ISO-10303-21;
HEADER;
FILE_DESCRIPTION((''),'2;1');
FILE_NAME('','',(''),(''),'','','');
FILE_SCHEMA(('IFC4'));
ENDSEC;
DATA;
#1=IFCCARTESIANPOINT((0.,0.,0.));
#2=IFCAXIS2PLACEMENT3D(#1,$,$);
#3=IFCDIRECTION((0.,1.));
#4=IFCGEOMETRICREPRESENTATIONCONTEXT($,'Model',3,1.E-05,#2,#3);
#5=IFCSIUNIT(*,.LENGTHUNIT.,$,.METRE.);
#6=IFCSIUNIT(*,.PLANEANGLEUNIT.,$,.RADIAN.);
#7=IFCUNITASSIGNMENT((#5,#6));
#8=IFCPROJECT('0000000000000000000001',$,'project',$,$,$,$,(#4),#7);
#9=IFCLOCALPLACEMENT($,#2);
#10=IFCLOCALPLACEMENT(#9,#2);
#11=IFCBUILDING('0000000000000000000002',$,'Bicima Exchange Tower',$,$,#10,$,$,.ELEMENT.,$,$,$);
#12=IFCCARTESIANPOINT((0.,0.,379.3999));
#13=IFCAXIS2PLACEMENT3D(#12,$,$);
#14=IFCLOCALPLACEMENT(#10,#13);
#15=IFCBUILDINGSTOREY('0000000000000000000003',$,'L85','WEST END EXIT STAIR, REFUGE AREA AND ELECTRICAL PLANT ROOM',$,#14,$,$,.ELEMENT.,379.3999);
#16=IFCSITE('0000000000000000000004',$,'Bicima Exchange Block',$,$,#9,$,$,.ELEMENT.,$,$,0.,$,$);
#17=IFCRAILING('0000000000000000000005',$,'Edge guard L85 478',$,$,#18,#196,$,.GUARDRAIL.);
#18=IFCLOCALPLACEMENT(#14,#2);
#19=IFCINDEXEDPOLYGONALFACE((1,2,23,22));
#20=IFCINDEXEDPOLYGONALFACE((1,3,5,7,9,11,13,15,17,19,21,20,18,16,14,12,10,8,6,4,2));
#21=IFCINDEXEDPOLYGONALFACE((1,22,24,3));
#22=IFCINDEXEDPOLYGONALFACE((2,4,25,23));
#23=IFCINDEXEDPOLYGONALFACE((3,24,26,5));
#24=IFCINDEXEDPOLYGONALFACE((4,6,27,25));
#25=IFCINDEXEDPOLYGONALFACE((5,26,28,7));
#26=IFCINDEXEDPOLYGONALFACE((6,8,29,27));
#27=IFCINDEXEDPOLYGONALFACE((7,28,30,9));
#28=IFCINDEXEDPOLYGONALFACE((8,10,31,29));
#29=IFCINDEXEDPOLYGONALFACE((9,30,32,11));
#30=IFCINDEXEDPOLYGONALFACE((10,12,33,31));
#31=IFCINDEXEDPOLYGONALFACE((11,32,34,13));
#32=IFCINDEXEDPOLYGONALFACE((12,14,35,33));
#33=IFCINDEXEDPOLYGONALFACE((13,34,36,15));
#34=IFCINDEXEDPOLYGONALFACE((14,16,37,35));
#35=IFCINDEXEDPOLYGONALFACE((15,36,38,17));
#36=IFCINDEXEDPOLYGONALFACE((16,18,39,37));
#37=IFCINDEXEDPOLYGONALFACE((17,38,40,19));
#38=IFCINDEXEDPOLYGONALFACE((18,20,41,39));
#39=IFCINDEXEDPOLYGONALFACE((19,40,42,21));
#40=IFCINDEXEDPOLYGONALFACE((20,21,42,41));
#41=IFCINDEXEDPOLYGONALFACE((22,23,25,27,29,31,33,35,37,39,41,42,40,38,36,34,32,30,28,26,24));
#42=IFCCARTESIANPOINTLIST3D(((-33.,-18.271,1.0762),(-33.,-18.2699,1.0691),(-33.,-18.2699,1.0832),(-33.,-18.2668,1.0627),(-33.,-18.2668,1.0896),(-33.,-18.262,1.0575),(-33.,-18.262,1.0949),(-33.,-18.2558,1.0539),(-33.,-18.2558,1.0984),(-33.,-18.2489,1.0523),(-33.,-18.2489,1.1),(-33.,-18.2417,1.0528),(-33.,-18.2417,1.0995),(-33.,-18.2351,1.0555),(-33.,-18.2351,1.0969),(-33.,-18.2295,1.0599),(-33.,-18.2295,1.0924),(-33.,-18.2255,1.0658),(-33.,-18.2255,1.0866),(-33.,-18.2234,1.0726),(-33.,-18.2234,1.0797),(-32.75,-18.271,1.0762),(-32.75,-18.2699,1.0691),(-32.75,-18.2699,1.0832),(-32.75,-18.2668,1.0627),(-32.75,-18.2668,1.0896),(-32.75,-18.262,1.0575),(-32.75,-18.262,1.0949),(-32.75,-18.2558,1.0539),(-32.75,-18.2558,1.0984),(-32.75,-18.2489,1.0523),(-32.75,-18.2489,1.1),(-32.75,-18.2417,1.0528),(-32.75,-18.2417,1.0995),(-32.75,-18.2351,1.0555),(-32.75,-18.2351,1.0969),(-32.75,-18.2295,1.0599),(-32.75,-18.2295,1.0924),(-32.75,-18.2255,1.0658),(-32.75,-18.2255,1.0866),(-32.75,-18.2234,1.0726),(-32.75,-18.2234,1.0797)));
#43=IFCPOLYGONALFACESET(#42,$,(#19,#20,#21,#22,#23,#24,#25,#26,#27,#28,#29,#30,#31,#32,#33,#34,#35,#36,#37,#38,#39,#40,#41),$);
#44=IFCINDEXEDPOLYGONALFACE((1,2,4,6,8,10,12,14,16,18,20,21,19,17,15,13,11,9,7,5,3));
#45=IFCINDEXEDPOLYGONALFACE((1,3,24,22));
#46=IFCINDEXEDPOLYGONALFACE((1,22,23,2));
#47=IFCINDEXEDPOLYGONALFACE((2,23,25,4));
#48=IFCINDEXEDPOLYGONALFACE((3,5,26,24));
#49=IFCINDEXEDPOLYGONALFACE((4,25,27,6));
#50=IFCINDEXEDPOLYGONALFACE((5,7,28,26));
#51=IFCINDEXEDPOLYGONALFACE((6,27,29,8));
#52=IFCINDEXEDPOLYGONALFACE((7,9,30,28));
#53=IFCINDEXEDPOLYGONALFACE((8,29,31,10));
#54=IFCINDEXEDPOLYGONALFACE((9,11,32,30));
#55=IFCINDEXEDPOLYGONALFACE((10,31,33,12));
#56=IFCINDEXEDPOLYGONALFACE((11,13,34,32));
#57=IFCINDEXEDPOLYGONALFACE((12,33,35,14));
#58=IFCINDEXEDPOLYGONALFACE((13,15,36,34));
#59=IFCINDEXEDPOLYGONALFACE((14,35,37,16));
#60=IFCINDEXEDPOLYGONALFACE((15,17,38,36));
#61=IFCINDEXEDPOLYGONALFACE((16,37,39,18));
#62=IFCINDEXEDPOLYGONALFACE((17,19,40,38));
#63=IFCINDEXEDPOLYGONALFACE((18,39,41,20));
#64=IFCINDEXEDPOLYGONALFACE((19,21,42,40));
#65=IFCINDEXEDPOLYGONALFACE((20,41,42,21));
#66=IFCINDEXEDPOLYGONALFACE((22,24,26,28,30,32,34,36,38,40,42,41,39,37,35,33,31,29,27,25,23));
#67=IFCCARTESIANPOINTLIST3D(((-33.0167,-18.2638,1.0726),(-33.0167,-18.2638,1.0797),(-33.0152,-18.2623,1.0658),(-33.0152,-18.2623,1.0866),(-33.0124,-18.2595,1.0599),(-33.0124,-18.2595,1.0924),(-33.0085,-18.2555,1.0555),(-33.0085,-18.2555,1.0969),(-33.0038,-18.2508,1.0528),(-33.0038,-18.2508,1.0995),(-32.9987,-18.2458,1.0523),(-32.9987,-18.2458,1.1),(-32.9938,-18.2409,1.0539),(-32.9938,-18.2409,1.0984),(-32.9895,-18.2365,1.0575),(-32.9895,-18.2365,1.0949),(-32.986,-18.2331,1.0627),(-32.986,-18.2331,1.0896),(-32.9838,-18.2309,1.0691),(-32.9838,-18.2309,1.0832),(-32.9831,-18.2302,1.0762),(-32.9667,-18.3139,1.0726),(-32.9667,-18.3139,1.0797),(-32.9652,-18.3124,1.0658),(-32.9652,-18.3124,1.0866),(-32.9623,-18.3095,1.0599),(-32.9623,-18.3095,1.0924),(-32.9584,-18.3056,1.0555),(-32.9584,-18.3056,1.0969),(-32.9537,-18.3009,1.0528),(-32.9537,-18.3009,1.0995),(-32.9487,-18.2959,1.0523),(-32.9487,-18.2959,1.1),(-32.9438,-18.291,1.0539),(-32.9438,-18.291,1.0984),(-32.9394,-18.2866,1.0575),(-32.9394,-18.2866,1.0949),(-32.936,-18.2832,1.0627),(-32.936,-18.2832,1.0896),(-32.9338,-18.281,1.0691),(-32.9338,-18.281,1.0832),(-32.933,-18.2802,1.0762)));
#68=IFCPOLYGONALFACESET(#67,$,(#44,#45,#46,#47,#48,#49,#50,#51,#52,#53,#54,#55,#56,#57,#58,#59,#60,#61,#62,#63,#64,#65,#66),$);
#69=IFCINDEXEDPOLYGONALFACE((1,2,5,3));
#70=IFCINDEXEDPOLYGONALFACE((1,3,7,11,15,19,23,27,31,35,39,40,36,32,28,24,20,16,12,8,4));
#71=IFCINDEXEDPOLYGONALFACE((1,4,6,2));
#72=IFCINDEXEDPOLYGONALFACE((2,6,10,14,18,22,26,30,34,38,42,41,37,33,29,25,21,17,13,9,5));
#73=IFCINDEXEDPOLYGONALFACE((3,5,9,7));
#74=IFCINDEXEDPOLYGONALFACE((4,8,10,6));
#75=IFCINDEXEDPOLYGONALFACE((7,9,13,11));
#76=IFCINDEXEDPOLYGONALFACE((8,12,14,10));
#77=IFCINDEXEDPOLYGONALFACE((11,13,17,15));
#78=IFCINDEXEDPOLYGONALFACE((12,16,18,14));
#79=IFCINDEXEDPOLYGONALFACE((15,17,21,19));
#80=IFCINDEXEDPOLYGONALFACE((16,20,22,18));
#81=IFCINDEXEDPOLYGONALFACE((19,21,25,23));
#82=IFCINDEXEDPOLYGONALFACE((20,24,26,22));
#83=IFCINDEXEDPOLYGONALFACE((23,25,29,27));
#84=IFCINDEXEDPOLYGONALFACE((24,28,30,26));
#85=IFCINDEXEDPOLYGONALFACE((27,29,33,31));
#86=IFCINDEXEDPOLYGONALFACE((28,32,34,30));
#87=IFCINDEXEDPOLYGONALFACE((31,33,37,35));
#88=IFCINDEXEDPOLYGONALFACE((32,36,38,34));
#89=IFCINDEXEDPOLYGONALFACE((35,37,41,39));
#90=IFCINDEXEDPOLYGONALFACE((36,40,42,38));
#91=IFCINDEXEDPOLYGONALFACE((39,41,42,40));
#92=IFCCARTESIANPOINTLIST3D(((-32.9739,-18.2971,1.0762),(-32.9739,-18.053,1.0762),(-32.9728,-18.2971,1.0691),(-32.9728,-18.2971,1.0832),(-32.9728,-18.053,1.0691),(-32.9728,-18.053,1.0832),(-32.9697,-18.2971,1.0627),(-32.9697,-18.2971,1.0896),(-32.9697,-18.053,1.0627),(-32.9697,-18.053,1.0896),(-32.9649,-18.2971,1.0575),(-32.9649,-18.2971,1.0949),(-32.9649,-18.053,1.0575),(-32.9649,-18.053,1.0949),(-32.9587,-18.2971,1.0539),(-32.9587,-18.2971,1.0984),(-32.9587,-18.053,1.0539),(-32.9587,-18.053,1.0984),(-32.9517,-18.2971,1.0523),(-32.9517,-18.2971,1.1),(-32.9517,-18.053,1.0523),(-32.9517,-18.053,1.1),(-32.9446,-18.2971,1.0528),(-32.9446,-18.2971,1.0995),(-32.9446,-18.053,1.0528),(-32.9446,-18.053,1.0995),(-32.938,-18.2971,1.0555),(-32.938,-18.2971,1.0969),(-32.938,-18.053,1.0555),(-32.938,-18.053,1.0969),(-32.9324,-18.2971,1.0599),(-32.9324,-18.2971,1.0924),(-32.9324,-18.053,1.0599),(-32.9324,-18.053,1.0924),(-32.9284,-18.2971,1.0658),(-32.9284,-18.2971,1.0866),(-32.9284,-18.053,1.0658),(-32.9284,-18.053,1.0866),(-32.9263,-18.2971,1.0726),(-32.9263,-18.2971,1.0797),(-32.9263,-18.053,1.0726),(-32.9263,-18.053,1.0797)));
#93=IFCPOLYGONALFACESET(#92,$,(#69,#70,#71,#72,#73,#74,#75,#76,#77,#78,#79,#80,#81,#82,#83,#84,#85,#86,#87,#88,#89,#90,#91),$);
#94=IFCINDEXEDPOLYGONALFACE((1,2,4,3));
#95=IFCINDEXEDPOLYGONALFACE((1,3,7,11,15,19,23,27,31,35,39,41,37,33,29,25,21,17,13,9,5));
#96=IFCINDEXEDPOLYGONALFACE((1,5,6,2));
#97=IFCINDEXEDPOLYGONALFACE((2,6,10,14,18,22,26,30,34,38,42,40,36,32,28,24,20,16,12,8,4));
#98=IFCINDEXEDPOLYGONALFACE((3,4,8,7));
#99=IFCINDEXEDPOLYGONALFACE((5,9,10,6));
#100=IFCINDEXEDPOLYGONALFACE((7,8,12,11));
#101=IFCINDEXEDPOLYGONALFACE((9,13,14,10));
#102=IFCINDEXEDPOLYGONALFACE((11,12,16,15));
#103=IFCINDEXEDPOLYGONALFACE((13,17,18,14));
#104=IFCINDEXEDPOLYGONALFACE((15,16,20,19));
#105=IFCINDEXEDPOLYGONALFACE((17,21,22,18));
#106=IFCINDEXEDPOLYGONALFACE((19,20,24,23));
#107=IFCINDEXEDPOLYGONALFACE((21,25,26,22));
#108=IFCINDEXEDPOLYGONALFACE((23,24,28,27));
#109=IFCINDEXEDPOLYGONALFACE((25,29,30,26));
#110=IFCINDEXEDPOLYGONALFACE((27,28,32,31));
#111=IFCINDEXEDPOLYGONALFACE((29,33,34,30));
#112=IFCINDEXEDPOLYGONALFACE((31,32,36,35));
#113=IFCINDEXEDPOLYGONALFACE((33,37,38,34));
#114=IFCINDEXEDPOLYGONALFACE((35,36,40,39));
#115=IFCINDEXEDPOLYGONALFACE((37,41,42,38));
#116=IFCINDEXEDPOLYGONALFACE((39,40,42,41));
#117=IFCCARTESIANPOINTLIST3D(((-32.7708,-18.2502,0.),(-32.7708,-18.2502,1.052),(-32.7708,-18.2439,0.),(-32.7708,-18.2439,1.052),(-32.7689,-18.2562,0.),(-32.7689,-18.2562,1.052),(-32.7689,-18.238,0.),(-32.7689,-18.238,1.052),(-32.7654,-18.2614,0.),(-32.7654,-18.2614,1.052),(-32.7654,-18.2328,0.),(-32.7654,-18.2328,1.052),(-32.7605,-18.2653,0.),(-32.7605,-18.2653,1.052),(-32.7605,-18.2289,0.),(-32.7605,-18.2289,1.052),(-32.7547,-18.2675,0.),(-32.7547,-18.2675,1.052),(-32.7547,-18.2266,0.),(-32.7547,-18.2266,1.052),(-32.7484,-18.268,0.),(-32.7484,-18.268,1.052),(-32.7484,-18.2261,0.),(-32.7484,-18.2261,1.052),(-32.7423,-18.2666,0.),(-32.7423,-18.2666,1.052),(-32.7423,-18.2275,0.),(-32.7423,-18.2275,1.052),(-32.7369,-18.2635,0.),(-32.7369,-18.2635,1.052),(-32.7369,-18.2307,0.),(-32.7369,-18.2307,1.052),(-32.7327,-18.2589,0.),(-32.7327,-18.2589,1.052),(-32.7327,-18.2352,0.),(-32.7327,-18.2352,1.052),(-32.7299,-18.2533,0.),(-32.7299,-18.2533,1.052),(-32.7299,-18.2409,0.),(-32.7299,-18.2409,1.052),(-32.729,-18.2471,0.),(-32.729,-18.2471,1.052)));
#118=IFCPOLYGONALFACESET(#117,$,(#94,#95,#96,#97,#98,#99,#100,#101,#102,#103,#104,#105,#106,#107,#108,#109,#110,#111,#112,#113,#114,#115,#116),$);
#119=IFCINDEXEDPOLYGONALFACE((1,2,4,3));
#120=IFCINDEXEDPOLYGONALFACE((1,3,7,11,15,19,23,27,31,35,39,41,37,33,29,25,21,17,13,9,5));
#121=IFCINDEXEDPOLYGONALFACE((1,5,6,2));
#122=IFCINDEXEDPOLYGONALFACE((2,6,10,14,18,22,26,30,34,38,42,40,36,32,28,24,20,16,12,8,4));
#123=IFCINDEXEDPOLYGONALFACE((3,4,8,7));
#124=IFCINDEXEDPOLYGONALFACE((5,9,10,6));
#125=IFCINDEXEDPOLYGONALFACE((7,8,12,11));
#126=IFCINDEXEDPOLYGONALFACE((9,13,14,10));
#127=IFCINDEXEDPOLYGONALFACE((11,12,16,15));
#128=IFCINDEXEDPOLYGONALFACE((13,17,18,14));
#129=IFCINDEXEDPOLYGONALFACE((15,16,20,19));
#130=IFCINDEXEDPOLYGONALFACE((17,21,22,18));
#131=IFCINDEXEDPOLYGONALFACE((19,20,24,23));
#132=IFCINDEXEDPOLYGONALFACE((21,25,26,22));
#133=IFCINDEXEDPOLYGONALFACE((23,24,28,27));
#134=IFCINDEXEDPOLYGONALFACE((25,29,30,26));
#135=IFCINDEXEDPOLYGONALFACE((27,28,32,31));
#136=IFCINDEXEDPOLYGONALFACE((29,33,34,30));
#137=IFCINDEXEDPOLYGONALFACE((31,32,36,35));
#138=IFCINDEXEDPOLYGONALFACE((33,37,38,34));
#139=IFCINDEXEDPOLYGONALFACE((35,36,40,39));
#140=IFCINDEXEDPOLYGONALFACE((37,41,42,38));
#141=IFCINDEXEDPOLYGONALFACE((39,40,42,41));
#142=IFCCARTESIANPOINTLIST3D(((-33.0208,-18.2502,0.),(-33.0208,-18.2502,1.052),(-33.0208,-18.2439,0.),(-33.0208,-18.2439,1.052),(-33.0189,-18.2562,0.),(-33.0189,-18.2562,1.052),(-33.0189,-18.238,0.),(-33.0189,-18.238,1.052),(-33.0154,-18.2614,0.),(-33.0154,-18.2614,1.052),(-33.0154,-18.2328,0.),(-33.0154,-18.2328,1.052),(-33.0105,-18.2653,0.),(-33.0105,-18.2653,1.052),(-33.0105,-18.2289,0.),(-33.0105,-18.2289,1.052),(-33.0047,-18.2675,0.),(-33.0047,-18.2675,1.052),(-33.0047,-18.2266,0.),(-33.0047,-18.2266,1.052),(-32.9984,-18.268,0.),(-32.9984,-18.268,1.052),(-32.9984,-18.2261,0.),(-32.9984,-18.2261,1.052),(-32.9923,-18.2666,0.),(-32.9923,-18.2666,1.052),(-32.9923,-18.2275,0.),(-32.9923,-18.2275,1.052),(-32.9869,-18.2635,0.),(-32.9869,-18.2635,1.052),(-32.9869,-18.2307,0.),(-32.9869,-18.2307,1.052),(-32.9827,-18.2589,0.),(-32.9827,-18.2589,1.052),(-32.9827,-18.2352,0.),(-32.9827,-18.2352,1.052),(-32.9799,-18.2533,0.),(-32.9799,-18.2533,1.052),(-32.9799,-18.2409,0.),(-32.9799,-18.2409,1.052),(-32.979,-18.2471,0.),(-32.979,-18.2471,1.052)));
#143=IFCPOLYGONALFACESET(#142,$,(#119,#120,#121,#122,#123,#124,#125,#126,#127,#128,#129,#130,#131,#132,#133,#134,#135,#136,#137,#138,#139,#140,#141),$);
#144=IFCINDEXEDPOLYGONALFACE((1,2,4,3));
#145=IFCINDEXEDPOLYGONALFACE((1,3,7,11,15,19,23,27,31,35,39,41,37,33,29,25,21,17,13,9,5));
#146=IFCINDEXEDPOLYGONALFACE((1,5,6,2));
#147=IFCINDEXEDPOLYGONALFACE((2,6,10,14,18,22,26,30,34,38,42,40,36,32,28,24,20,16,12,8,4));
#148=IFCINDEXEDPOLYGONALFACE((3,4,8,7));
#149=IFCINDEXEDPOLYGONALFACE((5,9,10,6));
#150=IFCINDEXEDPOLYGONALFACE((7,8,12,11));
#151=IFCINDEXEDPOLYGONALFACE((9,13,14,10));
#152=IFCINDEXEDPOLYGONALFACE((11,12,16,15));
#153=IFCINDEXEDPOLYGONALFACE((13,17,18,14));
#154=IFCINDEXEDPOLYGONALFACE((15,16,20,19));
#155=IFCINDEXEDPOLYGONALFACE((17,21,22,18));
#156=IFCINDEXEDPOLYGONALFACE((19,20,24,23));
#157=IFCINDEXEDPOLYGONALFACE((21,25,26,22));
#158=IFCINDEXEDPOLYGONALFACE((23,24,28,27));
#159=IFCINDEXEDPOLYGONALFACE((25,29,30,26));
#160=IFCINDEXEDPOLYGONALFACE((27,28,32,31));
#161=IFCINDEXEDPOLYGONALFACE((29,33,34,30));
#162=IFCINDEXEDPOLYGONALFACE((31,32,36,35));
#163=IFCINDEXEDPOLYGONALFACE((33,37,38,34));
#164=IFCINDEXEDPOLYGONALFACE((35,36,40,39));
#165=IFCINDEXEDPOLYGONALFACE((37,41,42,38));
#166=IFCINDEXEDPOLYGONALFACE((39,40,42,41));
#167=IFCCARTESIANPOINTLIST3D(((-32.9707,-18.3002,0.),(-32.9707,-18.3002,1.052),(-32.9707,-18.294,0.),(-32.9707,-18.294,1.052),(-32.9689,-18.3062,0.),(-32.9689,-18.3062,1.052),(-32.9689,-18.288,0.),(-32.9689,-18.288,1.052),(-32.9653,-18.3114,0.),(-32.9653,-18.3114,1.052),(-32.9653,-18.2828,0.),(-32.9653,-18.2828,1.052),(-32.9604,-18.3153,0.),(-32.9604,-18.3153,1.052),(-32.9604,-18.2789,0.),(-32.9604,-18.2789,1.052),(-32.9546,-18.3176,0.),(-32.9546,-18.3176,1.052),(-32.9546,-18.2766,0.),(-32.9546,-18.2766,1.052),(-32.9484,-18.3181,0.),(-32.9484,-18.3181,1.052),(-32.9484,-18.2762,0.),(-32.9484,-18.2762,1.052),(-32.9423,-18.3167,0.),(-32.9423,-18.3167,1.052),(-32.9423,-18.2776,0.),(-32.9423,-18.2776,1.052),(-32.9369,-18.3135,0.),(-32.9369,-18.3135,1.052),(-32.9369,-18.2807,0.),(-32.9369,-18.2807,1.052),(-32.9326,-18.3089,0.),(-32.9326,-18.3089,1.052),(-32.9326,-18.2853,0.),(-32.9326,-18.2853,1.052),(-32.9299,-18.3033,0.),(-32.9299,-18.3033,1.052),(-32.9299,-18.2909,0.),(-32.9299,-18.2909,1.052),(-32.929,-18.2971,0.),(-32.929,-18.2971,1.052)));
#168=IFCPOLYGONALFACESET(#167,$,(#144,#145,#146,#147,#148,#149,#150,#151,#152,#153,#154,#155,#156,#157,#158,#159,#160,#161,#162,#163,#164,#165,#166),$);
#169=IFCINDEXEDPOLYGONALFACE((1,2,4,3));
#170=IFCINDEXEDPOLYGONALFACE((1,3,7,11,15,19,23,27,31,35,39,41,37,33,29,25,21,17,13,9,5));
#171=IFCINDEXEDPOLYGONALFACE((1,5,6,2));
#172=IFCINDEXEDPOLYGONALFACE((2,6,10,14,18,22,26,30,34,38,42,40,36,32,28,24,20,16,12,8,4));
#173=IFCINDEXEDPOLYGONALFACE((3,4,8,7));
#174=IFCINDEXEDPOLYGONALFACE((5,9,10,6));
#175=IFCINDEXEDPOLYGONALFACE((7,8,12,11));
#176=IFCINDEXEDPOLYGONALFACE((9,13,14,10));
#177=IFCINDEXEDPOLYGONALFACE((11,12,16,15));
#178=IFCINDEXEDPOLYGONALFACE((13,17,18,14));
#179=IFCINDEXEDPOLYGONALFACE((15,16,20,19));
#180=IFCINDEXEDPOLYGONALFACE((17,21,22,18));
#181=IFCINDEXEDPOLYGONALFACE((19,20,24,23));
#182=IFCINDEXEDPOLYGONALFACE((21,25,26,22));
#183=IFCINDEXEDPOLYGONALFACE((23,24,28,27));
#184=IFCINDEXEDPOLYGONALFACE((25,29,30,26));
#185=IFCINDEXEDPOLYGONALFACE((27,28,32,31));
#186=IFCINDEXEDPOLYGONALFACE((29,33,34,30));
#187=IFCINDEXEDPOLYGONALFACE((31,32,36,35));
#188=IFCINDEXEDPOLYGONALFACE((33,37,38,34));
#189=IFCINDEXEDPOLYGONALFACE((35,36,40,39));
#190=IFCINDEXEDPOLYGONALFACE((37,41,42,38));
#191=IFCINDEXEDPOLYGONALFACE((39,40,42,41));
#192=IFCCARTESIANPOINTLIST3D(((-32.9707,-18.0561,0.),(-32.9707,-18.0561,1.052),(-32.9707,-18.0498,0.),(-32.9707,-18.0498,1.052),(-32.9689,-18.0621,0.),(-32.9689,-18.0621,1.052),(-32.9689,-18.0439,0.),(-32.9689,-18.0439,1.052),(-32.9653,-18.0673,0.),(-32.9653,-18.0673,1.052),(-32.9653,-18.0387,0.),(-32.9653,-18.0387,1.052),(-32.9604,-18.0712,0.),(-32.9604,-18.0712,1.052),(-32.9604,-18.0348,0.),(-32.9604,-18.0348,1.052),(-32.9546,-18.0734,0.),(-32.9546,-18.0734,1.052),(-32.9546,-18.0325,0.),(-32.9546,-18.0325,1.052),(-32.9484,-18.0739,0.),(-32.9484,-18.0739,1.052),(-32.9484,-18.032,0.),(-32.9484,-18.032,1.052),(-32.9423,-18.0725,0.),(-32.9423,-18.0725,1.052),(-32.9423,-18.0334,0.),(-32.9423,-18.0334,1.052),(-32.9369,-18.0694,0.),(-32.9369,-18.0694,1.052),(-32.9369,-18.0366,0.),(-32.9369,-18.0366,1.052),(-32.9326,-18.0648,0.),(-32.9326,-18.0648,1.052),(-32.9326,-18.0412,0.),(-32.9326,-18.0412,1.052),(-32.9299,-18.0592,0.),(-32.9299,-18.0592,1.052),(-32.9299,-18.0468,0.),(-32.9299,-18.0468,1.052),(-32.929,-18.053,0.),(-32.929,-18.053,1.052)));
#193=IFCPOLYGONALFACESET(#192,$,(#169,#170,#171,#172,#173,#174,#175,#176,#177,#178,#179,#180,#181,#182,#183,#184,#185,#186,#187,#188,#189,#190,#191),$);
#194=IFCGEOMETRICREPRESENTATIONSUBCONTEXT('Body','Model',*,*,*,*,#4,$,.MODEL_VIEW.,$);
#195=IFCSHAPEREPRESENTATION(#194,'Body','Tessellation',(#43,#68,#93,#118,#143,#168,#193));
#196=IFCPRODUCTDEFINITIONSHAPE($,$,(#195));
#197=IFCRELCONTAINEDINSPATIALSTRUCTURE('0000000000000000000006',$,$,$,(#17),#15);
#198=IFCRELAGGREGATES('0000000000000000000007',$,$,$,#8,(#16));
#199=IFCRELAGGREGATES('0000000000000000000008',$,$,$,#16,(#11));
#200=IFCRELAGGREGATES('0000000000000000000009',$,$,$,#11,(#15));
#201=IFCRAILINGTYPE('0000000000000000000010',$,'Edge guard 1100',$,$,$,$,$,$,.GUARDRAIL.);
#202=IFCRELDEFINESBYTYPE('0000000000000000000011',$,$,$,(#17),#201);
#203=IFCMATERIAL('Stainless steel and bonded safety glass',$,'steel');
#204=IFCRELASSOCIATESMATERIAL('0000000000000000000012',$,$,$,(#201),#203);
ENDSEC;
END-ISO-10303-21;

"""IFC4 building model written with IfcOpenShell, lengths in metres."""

from ifc_helpers import new_model, si_unit, direction, frame, origin, origin_2d, place, context, subcontext, project, spatial, circle, extrude, material, type_object, element, save


model = new_model("IFC4")

# Units and contexts
model_context = context("Model", 3, precision=1e-05, world=origin(), true_north=direction((0.0, 1.0)))
body_context = subcontext(model_context, "Body", "Model", "MODEL_VIEW")
ifc_project = project(units=[si_unit("LENGTHUNIT", "METRE"), si_unit("PLANEANGLEUNIT", "RADIAN")], contexts=[model_context])

# Site, building, storey
site_placement = place(None, origin())
site = spatial("IfcSite", under=ifc_project, at=site_placement, Name="Bicima Exchange Block", CompositionType="ELEMENT", RefElevation=0.0)
building_placement = place(site_placement, origin())
building = spatial("IfcBuilding", under=site, at=building_placement, Name="Bicima Exchange Tower", CompositionType="ELEMENT")
storey_placement = place(building_placement, frame((0.0, 0.0, 379.3999)))
storey = spatial("IfcBuildingStorey", under=building, at=storey_placement, Name="L85", Description="WEST END EXIT STAIR, REFUGE AREA AND ELECTRICAL PLANT ROOM", CompositionType="ELEMENT", Elevation=379.3999)

# Railing
ifc_material_1 = material(Name="Stainless steel and bonded safety glass", Category="steel")
railing_type_1 = type_object("IfcRailingType", Name="Edge guard 1100", PredefinedType="GUARDRAIL", material=ifc_material_1)
railing_1_placement = place(storey_placement, frame((-32.75, -18.2471, 0.0)))
element("IfcRailing", 1, at=railing_1_placement, inside=storey, type_object=railing_type_1, Name="Edge guard L85 478", PredefinedType="GUARDRAIL", context=body_context, shape_type="SweptSolid", body=[
    extrude(circle(Radius=0.0239, at=origin_2d()), frame((0.0, 0.0, 1.0762), z_axis=(-1.0, 0.0, 0.0), x_axis=(0.0, -1.0, 0.0)), (0.0, 0.0, 1.0), 0.25),
    extrude(circle(Radius=0.0239, at=origin_2d()), frame((-0.25, 0.0, 1.0762), z_axis=(0.707107, -0.707107, 0.0), x_axis=(0.707107, 0.707107, 0.0)), (0.0, 0.0, 1.0), 0.0708),
    extrude(circle(Radius=0.0239, at=origin_2d()), frame((-0.2, -0.05, 1.0762), z_axis=(0.0, 1.0, 0.0), x_axis=(-1.0, 0.0, 0.0)), (0.0, 0.0, 1.0), 0.2441),
    extrude(circle(Radius=0.021, at=origin_2d()), origin(), (0.0, 0.0, 1.0), 1.052),
    extrude(circle(Radius=0.021, at=origin_2d()), frame((-0.25, 0.0, 0.0)), (0.0, 0.0, 1.0), 1.052),
    extrude(circle(Radius=0.021, at=origin_2d()), frame((-0.2, -0.05, 0.0)), (0.0, 0.0, 1.0), 1.052),
    extrude(circle(Radius=0.021, at=origin_2d()), frame((-0.2, 0.1941, 0.0)), (0.0, 0.0, 1.0), 1.052),
])

save(model, "model.ifc")
